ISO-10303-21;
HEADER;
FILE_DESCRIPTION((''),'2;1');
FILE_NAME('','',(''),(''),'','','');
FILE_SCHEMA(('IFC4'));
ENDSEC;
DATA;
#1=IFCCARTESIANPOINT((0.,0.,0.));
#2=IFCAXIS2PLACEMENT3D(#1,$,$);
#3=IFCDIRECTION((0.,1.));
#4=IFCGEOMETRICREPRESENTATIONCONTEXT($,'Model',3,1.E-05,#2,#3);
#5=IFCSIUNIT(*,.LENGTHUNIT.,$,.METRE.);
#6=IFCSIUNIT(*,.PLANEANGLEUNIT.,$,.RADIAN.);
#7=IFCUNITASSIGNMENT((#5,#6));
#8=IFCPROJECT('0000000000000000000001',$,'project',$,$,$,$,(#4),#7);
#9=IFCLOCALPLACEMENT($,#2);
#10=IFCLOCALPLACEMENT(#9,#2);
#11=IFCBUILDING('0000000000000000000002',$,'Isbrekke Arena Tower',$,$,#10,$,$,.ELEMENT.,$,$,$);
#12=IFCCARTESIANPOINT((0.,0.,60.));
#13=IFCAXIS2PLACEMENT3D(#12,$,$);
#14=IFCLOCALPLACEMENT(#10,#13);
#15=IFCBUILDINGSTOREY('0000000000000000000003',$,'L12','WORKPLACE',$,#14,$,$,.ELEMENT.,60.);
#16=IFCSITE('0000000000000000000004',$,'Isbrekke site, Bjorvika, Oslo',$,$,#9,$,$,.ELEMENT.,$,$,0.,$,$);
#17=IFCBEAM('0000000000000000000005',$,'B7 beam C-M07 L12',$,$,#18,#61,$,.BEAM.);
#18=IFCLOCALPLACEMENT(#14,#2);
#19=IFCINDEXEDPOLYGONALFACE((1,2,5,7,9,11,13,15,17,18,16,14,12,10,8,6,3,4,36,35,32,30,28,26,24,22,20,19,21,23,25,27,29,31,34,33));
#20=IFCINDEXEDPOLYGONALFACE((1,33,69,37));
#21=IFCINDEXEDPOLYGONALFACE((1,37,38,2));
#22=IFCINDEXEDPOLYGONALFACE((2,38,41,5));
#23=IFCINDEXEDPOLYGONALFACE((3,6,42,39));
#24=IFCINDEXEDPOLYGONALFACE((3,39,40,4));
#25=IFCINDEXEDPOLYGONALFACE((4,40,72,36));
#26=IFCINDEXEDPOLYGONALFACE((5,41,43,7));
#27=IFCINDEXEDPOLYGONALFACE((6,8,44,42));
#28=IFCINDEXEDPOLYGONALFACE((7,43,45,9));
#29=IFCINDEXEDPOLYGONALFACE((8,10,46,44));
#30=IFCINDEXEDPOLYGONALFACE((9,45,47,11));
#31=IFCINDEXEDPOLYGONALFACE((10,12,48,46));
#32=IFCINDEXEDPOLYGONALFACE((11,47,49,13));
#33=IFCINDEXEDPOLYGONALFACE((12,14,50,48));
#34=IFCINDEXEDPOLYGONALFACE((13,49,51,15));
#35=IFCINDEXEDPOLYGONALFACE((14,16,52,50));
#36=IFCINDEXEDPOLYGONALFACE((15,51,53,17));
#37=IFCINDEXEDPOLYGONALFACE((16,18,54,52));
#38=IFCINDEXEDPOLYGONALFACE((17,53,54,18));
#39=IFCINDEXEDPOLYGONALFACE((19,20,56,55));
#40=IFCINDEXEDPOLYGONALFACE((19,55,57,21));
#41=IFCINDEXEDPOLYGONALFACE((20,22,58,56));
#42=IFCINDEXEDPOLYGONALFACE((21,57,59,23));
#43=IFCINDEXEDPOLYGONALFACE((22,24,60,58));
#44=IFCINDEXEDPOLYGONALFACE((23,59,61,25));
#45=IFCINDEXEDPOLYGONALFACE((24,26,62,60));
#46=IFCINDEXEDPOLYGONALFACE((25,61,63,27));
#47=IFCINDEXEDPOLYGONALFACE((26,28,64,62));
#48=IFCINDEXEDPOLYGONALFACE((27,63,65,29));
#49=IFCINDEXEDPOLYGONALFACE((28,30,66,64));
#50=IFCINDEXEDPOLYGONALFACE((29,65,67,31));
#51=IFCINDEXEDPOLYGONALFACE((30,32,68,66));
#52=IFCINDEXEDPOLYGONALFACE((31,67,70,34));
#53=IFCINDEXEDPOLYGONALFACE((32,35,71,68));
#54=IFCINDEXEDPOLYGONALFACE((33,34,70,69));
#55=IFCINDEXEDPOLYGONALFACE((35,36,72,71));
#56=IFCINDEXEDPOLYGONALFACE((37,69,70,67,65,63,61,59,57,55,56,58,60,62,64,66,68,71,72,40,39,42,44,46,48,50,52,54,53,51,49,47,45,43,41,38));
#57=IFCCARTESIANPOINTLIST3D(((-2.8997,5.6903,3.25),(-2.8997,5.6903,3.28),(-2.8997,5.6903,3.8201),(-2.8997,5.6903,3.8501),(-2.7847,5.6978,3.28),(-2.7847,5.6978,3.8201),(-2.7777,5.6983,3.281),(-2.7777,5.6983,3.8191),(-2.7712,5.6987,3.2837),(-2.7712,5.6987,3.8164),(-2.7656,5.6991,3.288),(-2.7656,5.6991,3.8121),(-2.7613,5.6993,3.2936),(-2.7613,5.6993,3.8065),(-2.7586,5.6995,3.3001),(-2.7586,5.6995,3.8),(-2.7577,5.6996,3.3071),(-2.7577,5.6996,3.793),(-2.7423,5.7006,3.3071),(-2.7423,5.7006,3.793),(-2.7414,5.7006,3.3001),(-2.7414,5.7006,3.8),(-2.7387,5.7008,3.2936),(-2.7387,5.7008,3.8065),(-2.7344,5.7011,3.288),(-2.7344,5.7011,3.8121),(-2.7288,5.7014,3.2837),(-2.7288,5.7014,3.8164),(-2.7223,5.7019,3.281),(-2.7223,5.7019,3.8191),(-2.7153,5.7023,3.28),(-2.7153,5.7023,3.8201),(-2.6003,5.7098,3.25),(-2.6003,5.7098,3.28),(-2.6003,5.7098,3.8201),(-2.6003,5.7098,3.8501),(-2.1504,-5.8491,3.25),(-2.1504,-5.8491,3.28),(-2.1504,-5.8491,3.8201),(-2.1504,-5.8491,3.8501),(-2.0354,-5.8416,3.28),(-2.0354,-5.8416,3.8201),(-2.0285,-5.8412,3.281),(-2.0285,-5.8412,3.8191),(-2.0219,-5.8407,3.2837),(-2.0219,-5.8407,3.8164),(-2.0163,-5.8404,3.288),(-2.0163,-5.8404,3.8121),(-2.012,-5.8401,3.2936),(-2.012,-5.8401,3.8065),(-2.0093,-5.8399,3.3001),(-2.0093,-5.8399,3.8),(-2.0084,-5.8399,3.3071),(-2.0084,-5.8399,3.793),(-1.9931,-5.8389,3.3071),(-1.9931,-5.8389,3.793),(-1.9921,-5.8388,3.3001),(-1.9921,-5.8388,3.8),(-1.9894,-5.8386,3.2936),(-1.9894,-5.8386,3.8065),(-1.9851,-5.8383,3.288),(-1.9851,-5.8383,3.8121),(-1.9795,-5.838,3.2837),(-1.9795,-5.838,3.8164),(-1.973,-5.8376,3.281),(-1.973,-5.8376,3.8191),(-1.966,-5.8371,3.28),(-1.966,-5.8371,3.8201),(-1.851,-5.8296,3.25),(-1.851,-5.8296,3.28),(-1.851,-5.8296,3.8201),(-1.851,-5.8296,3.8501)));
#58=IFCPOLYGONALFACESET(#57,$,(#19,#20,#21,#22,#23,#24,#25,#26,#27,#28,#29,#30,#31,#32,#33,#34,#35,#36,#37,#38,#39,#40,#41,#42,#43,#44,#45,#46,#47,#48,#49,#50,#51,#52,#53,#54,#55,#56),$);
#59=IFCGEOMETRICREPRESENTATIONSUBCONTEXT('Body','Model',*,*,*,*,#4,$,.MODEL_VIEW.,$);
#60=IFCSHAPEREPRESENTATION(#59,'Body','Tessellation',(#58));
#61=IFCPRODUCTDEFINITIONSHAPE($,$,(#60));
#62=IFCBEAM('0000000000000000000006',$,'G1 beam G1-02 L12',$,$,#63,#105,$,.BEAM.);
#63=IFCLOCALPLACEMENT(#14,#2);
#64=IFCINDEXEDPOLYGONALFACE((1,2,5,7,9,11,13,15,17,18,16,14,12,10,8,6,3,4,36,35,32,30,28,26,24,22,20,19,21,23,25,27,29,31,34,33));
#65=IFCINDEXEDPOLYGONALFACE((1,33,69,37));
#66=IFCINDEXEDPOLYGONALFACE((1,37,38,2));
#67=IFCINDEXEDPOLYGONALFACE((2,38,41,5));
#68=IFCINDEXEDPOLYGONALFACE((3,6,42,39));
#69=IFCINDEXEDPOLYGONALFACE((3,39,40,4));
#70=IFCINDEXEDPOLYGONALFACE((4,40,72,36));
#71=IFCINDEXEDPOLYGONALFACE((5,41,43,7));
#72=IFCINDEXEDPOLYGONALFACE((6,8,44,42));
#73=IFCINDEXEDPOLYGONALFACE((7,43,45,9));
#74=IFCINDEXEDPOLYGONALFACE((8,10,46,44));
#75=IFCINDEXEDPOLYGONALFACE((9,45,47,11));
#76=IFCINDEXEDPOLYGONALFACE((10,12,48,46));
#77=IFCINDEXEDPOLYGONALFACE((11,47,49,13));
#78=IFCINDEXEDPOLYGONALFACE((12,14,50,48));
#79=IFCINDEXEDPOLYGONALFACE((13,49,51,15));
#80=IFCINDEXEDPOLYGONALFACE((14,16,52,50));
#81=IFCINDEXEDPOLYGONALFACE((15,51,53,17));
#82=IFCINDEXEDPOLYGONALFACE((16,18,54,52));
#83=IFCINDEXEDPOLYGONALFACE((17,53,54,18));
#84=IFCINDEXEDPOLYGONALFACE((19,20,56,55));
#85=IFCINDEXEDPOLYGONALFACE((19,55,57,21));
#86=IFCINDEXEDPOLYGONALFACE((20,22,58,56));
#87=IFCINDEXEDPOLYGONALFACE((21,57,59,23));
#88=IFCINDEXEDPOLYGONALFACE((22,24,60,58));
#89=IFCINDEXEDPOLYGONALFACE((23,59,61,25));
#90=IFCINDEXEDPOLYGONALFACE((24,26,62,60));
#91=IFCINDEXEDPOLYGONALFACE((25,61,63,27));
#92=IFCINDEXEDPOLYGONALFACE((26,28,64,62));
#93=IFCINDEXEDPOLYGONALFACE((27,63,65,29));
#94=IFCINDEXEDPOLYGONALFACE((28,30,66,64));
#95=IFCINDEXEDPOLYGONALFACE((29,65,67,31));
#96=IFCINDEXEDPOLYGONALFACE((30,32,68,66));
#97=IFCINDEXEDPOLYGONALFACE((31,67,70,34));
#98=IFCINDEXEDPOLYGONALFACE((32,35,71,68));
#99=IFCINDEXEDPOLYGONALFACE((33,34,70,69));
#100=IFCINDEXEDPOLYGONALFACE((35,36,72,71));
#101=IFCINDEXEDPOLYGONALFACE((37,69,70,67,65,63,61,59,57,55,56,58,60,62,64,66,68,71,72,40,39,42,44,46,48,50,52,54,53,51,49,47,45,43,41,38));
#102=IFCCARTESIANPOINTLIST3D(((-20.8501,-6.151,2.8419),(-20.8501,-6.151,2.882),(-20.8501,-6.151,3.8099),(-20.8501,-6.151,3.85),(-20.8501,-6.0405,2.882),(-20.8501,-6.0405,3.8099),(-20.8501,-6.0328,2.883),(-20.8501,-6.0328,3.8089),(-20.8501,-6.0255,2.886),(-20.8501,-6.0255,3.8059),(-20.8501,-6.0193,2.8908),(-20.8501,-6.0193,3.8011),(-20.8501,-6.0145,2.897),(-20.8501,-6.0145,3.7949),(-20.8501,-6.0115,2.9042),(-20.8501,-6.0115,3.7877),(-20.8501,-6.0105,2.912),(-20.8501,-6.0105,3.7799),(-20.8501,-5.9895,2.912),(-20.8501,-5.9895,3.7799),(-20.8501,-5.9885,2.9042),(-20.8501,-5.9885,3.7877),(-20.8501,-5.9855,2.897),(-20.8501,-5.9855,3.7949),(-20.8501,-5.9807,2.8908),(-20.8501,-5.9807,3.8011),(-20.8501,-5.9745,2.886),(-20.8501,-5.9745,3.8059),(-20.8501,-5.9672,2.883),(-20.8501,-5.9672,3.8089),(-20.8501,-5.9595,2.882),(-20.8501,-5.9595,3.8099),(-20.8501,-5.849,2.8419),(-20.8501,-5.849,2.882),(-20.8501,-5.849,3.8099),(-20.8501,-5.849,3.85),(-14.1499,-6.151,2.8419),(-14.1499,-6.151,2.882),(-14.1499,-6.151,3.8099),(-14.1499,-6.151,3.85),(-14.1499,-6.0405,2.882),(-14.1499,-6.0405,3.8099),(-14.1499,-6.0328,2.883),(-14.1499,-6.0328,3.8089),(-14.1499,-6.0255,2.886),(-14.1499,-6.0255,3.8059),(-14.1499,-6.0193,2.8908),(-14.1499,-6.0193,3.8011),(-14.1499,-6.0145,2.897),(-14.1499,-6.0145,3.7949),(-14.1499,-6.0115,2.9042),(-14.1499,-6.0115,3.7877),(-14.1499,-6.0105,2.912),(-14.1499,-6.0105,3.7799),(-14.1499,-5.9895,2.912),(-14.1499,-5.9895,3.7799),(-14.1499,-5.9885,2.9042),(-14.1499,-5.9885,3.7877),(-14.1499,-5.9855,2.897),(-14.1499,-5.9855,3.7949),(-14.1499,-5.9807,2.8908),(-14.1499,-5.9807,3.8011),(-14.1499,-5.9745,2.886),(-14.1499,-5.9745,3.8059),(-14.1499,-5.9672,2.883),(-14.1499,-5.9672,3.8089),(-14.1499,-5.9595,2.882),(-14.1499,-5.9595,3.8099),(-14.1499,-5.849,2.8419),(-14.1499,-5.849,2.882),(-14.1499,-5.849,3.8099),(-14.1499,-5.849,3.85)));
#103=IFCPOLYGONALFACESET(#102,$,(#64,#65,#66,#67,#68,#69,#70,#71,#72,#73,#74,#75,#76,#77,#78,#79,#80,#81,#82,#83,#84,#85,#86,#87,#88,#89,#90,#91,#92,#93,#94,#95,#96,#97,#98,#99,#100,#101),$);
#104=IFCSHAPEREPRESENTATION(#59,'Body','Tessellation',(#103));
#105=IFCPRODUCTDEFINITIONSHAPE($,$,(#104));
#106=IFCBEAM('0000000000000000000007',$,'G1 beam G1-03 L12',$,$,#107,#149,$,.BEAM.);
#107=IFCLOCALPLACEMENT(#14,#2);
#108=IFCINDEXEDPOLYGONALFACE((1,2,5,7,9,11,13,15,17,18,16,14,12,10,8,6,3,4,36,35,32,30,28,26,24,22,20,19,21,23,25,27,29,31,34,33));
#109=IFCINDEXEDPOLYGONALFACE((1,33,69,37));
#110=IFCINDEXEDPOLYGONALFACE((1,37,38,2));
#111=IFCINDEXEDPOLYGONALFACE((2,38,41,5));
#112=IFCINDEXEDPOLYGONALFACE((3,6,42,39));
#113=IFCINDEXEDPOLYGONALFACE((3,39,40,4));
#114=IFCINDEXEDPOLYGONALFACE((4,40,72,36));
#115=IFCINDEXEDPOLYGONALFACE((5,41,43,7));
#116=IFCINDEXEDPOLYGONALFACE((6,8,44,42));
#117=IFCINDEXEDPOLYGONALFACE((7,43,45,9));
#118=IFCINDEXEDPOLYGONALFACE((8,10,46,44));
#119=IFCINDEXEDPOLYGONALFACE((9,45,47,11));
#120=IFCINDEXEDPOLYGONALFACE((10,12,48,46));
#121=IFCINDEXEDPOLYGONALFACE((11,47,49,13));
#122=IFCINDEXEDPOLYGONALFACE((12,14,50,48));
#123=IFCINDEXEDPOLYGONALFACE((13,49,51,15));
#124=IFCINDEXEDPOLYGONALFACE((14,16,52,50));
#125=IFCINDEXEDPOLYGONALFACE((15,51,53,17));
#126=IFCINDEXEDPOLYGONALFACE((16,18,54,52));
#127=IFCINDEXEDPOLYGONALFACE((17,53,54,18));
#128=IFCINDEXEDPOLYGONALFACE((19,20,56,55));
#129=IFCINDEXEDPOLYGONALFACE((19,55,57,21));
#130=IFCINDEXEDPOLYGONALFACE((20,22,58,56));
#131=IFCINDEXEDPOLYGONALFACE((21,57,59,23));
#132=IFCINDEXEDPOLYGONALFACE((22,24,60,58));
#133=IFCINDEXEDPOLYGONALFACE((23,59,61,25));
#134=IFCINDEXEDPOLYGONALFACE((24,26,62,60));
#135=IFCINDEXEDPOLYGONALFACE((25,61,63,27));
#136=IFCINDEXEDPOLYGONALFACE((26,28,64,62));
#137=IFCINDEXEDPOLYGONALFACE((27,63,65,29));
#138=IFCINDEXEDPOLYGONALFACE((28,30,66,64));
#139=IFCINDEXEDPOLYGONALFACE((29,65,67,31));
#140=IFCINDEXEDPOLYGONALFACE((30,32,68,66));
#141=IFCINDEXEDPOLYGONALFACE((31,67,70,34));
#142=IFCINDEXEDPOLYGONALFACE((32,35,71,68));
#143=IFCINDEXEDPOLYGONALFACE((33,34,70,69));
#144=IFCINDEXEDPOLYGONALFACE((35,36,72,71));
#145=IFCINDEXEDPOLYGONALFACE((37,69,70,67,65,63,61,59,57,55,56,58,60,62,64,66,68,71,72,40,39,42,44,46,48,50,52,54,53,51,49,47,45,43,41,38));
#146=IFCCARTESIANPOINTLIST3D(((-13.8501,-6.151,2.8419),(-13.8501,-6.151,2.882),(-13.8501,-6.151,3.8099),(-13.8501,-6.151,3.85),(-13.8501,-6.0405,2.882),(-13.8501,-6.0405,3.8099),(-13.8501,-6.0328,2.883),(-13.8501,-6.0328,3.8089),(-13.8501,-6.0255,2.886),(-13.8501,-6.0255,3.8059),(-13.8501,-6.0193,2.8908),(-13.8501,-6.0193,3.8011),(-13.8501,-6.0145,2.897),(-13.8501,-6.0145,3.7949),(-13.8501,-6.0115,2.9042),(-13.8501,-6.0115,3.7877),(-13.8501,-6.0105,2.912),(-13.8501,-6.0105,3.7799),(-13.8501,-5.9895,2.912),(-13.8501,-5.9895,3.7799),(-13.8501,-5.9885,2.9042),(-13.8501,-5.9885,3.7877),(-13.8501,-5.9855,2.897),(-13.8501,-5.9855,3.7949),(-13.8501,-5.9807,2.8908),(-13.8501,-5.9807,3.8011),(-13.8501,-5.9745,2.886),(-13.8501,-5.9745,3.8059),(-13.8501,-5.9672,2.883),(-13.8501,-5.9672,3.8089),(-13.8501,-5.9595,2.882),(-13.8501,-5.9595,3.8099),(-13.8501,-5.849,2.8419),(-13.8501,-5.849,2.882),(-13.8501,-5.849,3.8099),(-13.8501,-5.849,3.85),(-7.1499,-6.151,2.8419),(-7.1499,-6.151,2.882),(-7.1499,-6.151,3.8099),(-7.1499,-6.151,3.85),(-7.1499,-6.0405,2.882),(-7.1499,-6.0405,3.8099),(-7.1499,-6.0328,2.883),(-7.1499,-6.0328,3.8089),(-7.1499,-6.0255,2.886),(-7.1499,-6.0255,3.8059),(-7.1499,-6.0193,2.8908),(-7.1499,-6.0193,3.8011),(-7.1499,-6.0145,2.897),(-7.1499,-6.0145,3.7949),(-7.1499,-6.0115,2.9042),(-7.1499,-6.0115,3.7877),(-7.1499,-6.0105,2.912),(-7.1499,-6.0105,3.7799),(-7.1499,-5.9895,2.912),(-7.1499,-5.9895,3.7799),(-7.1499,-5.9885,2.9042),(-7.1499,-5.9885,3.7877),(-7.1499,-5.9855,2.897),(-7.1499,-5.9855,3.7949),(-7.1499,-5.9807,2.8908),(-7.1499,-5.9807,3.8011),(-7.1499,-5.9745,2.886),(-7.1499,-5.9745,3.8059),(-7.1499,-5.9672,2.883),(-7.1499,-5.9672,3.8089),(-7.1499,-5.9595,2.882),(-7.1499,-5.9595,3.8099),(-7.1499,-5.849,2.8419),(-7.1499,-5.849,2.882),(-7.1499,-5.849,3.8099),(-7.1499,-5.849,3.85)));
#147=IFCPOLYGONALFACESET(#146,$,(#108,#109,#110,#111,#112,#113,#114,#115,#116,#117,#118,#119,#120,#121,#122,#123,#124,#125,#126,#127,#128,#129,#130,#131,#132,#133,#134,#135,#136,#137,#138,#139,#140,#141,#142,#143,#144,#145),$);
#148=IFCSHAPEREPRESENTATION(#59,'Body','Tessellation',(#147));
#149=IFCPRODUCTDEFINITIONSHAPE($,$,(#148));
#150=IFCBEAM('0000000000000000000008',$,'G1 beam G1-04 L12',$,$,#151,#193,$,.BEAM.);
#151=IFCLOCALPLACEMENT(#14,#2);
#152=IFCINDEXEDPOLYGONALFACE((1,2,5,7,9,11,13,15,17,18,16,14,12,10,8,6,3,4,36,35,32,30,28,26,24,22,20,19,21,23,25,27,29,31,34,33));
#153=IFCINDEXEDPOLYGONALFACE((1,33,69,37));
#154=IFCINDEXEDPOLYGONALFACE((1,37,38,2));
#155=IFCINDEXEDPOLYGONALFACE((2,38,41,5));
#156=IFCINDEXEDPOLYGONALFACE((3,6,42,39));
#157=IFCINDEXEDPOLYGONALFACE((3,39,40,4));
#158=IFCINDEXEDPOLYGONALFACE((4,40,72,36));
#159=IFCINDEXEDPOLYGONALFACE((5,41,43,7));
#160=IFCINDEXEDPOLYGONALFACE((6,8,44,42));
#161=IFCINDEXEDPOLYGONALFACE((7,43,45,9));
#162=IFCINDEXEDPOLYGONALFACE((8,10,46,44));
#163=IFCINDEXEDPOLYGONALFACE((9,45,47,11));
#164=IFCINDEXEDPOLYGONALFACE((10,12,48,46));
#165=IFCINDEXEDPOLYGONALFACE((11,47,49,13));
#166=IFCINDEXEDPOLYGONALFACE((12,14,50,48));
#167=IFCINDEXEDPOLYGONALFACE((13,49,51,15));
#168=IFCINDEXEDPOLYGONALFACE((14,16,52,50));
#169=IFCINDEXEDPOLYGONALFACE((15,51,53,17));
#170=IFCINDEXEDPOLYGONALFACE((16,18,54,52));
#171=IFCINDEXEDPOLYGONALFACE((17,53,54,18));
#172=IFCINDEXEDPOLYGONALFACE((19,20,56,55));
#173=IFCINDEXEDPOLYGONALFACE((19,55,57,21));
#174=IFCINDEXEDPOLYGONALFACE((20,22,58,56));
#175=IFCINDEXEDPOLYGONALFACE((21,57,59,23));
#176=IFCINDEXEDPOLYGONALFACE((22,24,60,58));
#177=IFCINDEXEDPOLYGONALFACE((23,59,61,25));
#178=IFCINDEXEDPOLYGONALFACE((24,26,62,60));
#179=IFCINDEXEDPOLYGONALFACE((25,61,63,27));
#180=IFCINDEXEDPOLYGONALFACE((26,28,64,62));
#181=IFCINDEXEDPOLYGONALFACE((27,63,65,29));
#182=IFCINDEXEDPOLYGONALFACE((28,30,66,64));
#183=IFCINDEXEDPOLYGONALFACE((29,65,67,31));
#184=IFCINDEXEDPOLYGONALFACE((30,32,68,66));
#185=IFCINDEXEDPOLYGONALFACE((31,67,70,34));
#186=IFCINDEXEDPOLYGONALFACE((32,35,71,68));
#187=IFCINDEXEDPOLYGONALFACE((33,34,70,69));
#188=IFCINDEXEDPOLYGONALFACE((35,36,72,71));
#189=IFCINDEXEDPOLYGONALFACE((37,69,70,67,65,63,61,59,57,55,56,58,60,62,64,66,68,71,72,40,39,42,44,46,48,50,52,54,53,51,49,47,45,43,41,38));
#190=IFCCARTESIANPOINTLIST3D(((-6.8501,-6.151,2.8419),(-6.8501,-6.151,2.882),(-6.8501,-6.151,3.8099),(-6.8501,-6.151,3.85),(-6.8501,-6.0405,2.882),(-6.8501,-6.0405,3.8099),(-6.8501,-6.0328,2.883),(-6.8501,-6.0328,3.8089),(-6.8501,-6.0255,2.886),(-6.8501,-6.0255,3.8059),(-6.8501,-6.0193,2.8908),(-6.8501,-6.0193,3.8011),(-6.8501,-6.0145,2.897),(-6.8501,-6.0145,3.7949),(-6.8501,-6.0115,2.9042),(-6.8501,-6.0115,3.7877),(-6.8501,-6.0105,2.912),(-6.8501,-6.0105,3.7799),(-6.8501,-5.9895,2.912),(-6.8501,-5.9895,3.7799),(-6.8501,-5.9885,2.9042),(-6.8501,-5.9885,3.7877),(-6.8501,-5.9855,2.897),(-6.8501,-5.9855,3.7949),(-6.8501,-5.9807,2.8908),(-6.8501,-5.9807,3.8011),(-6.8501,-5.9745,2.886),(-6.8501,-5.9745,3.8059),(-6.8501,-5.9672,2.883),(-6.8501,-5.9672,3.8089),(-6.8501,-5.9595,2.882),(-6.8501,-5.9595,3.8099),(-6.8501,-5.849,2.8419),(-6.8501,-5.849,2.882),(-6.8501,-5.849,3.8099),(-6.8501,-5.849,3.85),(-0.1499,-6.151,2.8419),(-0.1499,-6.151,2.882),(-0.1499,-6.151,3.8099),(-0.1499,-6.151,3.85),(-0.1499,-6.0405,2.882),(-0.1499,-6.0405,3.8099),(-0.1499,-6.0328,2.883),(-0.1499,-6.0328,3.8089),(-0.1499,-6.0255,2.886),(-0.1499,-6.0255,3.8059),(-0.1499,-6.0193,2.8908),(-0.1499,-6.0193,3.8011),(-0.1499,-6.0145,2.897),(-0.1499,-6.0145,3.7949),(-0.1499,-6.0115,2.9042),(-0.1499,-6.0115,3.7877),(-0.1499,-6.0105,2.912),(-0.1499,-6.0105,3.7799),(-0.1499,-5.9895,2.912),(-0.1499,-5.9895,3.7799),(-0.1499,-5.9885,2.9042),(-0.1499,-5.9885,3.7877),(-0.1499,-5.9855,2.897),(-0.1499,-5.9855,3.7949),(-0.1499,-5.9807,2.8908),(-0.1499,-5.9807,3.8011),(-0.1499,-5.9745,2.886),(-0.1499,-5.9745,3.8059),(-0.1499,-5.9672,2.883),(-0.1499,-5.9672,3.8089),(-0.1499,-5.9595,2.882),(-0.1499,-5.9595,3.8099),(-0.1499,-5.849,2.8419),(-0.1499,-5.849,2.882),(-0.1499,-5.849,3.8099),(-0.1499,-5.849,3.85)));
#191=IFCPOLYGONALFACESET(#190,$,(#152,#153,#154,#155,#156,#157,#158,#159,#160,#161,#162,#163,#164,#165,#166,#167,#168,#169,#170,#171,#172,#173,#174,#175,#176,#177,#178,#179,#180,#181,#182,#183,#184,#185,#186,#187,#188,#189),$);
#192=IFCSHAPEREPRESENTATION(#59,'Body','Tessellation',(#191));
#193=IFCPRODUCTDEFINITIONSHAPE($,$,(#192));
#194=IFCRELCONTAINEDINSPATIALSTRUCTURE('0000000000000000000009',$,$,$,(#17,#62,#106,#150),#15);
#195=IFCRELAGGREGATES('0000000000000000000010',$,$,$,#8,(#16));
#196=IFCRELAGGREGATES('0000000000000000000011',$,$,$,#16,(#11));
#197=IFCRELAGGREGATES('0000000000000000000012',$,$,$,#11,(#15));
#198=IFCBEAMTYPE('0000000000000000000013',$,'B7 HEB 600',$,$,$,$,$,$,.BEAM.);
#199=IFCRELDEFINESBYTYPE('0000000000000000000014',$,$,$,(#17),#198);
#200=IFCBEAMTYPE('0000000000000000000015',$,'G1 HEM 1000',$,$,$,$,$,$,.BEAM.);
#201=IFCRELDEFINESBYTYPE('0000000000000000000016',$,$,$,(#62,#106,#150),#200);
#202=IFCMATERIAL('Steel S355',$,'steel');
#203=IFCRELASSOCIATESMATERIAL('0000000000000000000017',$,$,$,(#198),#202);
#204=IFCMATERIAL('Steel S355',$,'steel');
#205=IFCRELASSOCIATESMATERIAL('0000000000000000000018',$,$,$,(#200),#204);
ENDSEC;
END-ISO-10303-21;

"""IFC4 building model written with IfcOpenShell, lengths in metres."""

from ifc_helpers import new_model, si_unit, direction, frame, origin, origin_2d, place, context, subcontext, project, spatial, i_section, extrude, material, material_profile, profile_set, type_object, element, save


model = new_model("IFC4")

# Units and contexts
model_context = context("Model", 3, precision=1e-05, world=origin(), true_north=direction((0.0, 1.0)))
body_context = subcontext(model_context, "Body", "Model", "MODEL_VIEW")
ifc_project = project(units=[si_unit("LENGTHUNIT", "METRE"), si_unit("PLANEANGLEUNIT", "RADIAN")], contexts=[model_context])

# Site, building, storey
site_placement = place(None, origin())
site = spatial("IfcSite", under=ifc_project, at=site_placement, Name="Isbrekke site, Bjorvika, Oslo", CompositionType="ELEMENT", RefElevation=0.0)
building_placement = place(site_placement, origin())
building = spatial("IfcBuilding", under=site, at=building_placement, Name="Isbrekke Arena Tower", CompositionType="ELEMENT")
storey_placement = place(building_placement, frame((0.0, 0.0, 60.0)))
storey = spatial("IfcBuildingStorey", under=building, at=storey_placement, Name="L12", Description="WORKPLACE", CompositionType="ELEMENT", Elevation=60.0)

# Beams
ifc_material_1 = material(Name="Steel S355", Category="steel")
ifc_material_profile_1 = material_profile(ifc_material_1, i_section(OverallWidth=0.3, OverallDepth=0.6001, WebThickness=0.0154, FlangeThickness=0.03, FilletRadius=0.0271, at=origin_2d()), Name="HEB 600")
ifc_profile_set_1 = profile_set([ifc_material_profile_1], Name="Steel S355")
beam_type_1 = type_object("IfcBeamType", Name="B7 HEB 600", PredefinedType="BEAM", material=ifc_profile_set_1)
beam_1_placement = place(storey_placement, frame((-2.0007, -5.8394, 3.55), z_axis=(-0.064795, 0.997899, 0.0), x_axis=(-0.997899, -0.064795, 0.0)))
element("IfcBeam", 1, at=beam_1_placement, inside=storey, type_object=beam_type_1, Name="B7 beam C-M07 L12", PredefinedType="BEAM", context=body_context, shape_type="SweptSolid", body=[
    extrude(i_section(OverallWidth=0.3, OverallDepth=0.6001, WebThickness=0.0154, FlangeThickness=0.03, FilletRadius=0.0271, at=origin_2d()), origin(), (0.0, 0.0, 1.0), 11.5637),
])
ifc_material_2 = material(Name="Steel S355", Category="steel")
ifc_material_profile_2 = material_profile(ifc_material_2, i_section(OverallWidth=0.302, OverallDepth=1.0081, WebThickness=0.021, FlangeThickness=0.04, FilletRadius=0.03, at=origin_2d()), Name="HEM 1000")
ifc_profile_set_2 = profile_set([ifc_material_profile_2], Name="Steel S355")
beam_type_2 = type_object("IfcBeamType", Name="G1 HEM 1000", PredefinedType="BEAM", material=ifc_profile_set_2)
for number, where, z_axis, x_axis, name in (
    (2, (-20.8501, -6.0, 3.3459), (1.0, 0.0, 0.0), (0.0, 1.0, 0.0), "G1 beam G1-02 L12"),
    (3, (-13.8501, -6.0, 3.3459), (1.0, 0.0, 0.0), (0.0, 1.0, 0.0), "G1 beam G1-03 L12"),
    (4, (-6.8501, -6.0, 3.3459), (1.0, 0.0, 0.0), (0.0, 1.0, 0.0), "G1 beam G1-04 L12"),
):
    element("IfcBeam", number, at=place(storey_placement, frame(where, z_axis=z_axis, x_axis=x_axis)), inside=storey, type_object=beam_type_2, Name=name, PredefinedType="BEAM", context=body_context, shape_type="SweptSolid", body=[
        extrude(i_section(OverallWidth=0.302, OverallDepth=1.0081, WebThickness=0.021, FlangeThickness=0.04, FilletRadius=0.03, at=origin_2d()), origin(), (0.0, 0.0, 1.0), 6.7002),
    ])

save(model, "model.ifc")
